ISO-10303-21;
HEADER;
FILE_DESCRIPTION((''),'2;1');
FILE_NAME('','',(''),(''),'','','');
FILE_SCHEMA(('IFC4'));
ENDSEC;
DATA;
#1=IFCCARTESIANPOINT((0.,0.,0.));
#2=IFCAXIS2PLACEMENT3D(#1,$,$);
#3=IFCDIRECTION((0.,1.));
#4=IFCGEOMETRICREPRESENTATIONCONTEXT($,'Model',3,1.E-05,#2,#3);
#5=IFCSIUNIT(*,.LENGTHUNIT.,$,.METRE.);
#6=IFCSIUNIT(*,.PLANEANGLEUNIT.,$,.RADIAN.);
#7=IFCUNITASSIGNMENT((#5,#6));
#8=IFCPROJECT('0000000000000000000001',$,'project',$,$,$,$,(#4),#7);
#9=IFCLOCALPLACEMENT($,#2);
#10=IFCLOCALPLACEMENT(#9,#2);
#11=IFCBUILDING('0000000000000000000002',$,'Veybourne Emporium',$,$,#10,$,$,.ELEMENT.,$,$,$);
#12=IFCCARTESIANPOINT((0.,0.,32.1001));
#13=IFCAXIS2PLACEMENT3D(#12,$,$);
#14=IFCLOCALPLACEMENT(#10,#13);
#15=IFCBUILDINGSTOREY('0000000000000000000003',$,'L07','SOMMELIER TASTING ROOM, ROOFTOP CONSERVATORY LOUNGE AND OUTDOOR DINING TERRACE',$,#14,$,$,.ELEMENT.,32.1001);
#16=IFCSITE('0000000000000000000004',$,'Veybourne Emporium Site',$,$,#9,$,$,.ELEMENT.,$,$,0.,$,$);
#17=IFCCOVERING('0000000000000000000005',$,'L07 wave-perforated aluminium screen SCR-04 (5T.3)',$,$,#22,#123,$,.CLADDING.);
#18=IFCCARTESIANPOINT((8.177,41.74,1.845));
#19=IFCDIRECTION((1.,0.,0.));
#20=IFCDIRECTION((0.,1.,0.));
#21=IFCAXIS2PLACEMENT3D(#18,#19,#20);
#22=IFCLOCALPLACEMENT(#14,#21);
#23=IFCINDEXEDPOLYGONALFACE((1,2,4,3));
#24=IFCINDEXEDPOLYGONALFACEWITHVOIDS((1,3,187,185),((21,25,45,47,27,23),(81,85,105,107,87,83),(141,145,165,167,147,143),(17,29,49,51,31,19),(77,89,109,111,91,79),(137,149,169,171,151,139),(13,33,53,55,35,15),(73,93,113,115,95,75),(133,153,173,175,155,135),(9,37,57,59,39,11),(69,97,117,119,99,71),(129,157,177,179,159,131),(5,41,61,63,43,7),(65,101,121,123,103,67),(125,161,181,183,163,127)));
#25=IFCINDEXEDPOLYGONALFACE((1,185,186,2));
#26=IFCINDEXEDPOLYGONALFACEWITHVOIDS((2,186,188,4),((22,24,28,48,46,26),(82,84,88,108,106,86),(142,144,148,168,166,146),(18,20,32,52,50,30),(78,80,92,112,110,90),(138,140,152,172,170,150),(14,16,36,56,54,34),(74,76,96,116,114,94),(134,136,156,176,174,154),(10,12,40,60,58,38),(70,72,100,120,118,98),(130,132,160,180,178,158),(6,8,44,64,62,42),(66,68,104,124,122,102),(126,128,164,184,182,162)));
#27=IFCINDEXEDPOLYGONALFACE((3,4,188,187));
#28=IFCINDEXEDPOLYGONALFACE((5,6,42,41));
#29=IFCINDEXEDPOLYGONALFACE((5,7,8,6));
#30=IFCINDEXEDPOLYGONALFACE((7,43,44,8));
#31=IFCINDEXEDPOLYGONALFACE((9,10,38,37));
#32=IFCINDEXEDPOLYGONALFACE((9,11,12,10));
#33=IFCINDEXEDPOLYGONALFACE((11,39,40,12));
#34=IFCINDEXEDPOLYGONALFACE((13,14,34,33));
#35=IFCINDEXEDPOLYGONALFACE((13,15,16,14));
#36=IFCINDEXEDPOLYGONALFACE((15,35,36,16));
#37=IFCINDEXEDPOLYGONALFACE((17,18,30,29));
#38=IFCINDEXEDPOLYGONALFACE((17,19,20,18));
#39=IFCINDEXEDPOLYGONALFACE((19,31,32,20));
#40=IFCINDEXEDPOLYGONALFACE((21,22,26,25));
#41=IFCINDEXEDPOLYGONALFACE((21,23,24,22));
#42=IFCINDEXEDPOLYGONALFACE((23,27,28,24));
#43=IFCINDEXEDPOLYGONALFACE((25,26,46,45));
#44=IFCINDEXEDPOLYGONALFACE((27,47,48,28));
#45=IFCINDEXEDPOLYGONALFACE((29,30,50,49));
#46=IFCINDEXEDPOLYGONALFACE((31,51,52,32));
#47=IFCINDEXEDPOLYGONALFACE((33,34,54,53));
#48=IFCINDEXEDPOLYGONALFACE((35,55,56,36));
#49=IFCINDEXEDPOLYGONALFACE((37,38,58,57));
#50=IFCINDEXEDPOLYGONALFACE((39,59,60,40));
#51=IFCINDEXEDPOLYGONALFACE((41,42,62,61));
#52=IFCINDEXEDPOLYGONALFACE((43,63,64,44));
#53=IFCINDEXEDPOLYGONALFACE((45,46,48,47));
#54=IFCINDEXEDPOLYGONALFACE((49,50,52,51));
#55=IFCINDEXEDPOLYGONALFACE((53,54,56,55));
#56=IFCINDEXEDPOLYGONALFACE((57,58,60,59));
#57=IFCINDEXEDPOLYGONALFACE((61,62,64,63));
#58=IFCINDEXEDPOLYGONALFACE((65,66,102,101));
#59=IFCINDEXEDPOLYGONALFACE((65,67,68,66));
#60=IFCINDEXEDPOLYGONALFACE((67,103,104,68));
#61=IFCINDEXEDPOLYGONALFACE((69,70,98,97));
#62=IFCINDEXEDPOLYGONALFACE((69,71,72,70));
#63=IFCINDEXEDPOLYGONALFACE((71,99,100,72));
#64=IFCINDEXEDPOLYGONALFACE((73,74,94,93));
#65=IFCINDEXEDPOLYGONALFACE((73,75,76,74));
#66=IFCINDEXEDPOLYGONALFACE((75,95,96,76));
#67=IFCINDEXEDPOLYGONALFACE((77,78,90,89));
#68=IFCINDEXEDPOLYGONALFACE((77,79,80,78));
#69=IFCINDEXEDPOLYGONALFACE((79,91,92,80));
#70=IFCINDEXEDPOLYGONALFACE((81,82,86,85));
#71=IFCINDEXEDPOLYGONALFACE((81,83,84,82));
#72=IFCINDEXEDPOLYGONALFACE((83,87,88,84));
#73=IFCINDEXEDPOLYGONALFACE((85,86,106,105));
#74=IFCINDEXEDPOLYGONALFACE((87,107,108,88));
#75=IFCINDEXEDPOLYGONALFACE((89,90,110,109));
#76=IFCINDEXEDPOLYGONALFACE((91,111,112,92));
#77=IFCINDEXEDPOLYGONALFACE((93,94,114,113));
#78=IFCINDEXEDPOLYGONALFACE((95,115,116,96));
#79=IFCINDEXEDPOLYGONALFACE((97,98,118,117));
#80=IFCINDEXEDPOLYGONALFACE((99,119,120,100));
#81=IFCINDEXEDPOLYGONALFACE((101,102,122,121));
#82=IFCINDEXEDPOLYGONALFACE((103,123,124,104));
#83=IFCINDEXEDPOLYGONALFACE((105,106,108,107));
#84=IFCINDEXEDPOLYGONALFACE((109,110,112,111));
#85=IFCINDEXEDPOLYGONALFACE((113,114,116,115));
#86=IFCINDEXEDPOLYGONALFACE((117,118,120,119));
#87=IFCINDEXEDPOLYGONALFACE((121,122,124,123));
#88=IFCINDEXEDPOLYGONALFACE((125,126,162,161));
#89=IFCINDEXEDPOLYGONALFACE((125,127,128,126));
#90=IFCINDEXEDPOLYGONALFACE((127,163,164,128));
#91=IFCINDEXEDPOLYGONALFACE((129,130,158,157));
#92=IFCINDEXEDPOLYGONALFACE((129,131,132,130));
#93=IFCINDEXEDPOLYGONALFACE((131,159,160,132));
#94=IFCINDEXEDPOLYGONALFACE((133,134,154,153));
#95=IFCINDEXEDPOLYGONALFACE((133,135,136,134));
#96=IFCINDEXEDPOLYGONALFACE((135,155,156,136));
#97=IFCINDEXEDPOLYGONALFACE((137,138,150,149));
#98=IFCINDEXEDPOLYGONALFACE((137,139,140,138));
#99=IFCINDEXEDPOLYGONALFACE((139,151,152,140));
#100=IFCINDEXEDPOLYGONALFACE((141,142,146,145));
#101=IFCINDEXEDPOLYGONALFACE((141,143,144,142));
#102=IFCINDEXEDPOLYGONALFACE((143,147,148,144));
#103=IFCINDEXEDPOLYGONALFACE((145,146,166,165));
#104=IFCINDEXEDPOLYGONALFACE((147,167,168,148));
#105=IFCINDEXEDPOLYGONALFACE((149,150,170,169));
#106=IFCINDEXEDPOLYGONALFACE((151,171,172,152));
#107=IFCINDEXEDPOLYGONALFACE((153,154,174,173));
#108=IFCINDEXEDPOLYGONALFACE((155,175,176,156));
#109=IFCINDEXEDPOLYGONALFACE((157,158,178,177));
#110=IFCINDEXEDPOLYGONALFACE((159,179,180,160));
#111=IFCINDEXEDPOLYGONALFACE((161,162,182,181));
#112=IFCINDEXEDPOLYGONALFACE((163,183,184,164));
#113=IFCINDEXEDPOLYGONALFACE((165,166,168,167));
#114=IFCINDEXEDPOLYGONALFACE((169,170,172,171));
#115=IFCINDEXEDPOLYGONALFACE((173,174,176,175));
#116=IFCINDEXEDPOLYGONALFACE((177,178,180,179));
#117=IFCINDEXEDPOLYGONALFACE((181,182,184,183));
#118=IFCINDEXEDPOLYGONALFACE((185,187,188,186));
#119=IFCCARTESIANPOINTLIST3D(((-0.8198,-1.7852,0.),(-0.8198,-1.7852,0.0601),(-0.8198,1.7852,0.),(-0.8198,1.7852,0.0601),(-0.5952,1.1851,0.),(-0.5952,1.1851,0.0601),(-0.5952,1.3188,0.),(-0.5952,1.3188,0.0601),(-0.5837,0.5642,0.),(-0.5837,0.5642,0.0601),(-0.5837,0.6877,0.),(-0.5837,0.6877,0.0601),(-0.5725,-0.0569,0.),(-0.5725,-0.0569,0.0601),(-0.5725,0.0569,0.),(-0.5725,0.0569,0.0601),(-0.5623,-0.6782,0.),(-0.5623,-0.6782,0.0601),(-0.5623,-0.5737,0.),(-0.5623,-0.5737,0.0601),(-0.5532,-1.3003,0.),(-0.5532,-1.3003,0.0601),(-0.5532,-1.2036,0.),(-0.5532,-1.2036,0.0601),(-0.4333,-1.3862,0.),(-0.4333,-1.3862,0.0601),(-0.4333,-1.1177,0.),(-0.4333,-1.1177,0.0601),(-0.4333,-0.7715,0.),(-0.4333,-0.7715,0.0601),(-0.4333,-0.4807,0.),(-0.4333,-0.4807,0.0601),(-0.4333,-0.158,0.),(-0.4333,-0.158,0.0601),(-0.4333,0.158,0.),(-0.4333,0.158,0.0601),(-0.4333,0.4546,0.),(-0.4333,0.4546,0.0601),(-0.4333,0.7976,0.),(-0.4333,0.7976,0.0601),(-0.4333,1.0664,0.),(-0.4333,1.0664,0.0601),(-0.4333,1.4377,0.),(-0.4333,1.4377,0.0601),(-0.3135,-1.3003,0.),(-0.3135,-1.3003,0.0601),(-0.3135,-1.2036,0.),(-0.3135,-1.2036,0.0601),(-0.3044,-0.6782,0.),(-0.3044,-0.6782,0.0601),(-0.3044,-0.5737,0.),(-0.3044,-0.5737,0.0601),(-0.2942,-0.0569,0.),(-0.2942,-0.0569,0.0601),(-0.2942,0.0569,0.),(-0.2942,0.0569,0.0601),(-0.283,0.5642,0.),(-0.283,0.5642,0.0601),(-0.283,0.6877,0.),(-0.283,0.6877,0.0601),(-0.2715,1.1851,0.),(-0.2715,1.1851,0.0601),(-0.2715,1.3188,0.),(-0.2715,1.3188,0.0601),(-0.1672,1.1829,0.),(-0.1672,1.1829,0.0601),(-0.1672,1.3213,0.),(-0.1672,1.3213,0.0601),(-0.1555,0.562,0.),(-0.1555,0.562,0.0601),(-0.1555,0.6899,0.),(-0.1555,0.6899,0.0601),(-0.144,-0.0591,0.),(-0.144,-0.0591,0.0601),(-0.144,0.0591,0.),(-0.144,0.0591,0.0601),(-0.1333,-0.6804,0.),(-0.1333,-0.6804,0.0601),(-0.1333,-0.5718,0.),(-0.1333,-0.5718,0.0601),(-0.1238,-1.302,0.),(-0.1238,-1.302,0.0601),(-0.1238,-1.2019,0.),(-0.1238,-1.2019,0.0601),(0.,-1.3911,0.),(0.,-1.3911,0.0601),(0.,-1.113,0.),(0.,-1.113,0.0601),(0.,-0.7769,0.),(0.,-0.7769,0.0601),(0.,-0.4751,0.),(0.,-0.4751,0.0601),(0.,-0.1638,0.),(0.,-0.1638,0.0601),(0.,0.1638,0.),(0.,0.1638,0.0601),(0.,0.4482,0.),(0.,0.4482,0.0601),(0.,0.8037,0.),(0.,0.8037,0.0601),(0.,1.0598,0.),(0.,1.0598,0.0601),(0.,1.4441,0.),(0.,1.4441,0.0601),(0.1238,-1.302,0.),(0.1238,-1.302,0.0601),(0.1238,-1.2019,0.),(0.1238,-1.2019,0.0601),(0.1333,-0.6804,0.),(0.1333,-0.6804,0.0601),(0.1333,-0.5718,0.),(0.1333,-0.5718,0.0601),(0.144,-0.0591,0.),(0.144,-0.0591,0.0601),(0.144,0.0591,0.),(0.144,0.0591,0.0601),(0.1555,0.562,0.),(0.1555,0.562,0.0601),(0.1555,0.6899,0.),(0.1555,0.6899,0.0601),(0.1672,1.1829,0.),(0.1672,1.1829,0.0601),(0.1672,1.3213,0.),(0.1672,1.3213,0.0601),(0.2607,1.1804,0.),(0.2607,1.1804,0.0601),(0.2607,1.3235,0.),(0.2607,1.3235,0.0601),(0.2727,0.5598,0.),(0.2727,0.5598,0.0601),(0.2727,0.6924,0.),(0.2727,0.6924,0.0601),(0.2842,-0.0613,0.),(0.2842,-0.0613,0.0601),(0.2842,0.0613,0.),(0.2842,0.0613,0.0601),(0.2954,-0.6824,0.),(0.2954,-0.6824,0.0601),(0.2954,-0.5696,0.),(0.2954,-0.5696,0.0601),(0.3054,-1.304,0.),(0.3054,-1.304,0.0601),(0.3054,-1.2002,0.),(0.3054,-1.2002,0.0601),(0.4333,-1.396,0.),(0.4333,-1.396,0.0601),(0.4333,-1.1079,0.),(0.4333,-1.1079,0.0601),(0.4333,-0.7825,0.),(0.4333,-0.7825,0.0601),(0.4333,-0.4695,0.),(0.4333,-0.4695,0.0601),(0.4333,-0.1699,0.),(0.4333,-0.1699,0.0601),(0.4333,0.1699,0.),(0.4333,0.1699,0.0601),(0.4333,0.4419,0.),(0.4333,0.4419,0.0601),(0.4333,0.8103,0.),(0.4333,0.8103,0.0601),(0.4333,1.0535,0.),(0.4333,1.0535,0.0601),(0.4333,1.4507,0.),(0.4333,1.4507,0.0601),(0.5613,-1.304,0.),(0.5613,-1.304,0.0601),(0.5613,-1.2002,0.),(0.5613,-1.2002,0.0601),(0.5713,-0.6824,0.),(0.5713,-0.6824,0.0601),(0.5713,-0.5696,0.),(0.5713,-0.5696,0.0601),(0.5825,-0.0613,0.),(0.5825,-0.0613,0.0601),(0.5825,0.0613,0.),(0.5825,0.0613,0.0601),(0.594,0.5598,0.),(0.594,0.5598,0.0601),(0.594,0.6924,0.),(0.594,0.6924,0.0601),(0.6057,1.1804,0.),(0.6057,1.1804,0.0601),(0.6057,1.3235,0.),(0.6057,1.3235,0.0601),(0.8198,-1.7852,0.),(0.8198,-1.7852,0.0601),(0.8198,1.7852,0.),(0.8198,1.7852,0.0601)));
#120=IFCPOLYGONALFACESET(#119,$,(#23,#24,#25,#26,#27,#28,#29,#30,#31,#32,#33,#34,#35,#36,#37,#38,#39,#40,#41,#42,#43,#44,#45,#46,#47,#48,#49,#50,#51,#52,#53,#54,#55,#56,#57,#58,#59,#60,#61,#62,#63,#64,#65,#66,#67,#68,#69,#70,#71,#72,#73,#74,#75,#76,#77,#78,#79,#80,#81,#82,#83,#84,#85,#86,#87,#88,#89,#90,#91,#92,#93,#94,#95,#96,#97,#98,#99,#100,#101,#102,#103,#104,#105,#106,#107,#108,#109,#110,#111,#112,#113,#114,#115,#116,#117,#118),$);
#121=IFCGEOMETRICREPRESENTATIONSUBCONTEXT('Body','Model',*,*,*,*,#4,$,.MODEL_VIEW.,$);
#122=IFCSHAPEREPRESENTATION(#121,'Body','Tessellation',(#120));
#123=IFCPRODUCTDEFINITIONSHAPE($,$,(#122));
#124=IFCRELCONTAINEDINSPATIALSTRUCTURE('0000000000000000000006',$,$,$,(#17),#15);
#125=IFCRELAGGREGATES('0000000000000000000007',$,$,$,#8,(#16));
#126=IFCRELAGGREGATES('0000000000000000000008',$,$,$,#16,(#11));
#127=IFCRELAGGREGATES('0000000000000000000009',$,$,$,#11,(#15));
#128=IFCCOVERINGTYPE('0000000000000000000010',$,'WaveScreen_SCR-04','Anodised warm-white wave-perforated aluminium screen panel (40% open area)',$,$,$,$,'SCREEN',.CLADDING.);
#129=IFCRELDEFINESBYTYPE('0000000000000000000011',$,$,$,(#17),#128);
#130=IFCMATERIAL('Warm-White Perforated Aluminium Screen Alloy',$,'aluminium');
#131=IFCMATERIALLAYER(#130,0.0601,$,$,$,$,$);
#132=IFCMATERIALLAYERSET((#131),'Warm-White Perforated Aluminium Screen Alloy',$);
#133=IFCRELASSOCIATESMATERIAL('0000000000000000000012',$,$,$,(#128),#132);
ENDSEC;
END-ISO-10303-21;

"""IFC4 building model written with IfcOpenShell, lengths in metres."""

from ifc_helpers import new_model, si_unit, direction, frame, origin, place, context, subcontext, project, spatial, polyline, outline, extrude, material, layer, layer_set, type_object, element, save


model = new_model("IFC4")

# Units and contexts
model_context = context("Model", 3, precision=1e-05, world=origin(), true_north=direction((0.0, 1.0)))
body_context = subcontext(model_context, "Body", "Model", "MODEL_VIEW")
ifc_project = project(units=[si_unit("LENGTHUNIT", "METRE"), si_unit("PLANEANGLEUNIT", "RADIAN")], contexts=[model_context])

# Site, building, storey
site_placement = place(None, origin())
site = spatial("IfcSite", under=ifc_project, at=site_placement, Name="Veybourne Emporium Site", CompositionType="ELEMENT", RefElevation=0.0)
building_placement = place(site_placement, origin())
building = spatial("IfcBuilding", under=site, at=building_placement, Name="Veybourne Emporium", CompositionType="ELEMENT")
storey_placement = place(building_placement, frame((0.0, 0.0, 32.1001)))
storey = spatial("IfcBuildingStorey", under=building, at=storey_placement, Name="L07", Description="SOMMELIER TASTING ROOM, ROOFTOP CONSERVATORY LOUNGE AND OUTDOOR DINING TERRACE", CompositionType="ELEMENT", Elevation=32.1001)

# Covering
ifc_material_1 = material(Name="Warm-White Perforated Aluminium Screen Alloy", Category="aluminium")
ifc_layer_1 = layer(ifc_material_1, 0.0601)
ifc_layer_set_1 = layer_set([ifc_layer_1], Name="Warm-White Perforated Aluminium Screen Alloy")
covering_type_1 = type_object("IfcCoveringType", Name="WaveScreen_SCR-04", Description="Anodised warm-white wave-perforated aluminium screen panel (40% open area)", ElementType="SCREEN", PredefinedType="CLADDING", material=ifc_layer_set_1)
covering_1_placement = place(storey_placement, frame((8.177, 41.74, 1.845), z_axis=(1.0, 0.0, 0.0), x_axis=(0.0, 1.0, 0.0)))
element("IfcCovering", 1, at=covering_1_placement, inside=storey, type_object=covering_type_1, Name="L07 wave-perforated aluminium screen SCR-04 (5T.3)", PredefinedType="CLADDING", context=body_context, shape_type="SweptSolid", body=[
    extrude(outline(polyline([(-0.8198, -1.7852), (0.8198, -1.7852), (0.8198, 1.7852), (-0.8198, 1.7852), (-0.8198, -1.7852)]), holes=[polyline([(-0.4333, -1.1177), (-0.3135, -1.2036), (-0.3135, -1.3003), (-0.4333, -1.3862), (-0.5532, -1.3003), (-0.5532, -1.2036), (-0.4333, -1.1177)]), polyline([(-0.4333, -0.4807), (-0.3044, -0.5737), (-0.3044, -0.6782), (-0.4333, -0.7715), (-0.5623, -0.6782), (-0.5623, -0.5737), (-0.4333, -0.4807)]), polyline([(-0.4333, 0.158), (-0.2942, 0.0569), (-0.2942, -0.0569), (-0.4333, -0.158), (-0.5725, -0.0569), (-0.5725, 0.0569), (-0.4333, 0.158)]), polyline([(-0.4333, 0.7976), (-0.283, 0.6877), (-0.283, 0.5642), (-0.4333, 0.4546), (-0.5837, 0.5642), (-0.5837, 0.6877), (-0.4333, 0.7976)]), polyline([(-0.4333, 1.4377), (-0.2715, 1.3188), (-0.2715, 1.1851), (-0.4333, 1.0664), (-0.5952, 1.1851), (-0.5952, 1.3188), (-0.4333, 1.4377)]), polyline([(0.0, -1.113), (0.1238, -1.2019), (0.1238, -1.302), (0.0, -1.3911), (-0.1238, -1.302), (-0.1238, -1.2019), (0.0, -1.113)]), polyline([(0.0, -0.4751), (0.1333, -0.5718), (0.1333, -0.6804), (0.0, -0.7769), (-0.1333, -0.6804), (-0.1333, -0.5718), (0.0, -0.4751)]), polyline([(0.0, 0.1638), (0.144, 0.0591), (0.144, -0.0591), (0.0, -0.1638), (-0.144, -0.0591), (-0.144, 0.0591), (0.0, 0.1638)]), polyline([(0.0, 0.8037), (0.1555, 0.6899), (0.1555, 0.562), (0.0, 0.4482), (-0.1555, 0.562), (-0.1555, 0.6899), (0.0, 0.8037)]), polyline([(0.0, 1.4441), (0.1672, 1.3213), (0.1672, 1.1829), (0.0, 1.0598), (-0.1672, 1.1829), (-0.1672, 1.3213), (0.0, 1.4441)]), polyline([(0.4333, -1.1079), (0.5613, -1.2002), (0.5613, -1.304), (0.4333, -1.396), (0.3054, -1.304), (0.3054, -1.2002), (0.4333, -1.1079)]), polyline([(0.4333, -0.4695), (0.5713, -0.5696), (0.5713, -0.6824), (0.4333, -0.7825), (0.2954, -0.6824), (0.2954, -0.5696), (0.4333, -0.4695)]), polyline([(0.4333, 0.1699), (0.5825, 0.0613), (0.5825, -0.0613), (0.4333, -0.1699), (0.2842, -0.0613), (0.2842, 0.0613), (0.4333, 0.1699)]), polyline([(0.4333, 0.8103), (0.594, 0.6924), (0.594, 0.5598), (0.4333, 0.4419), (0.2727, 0.5598), (0.2727, 0.6924), (0.4333, 0.8103)]), polyline([(0.4333, 1.4507), (0.6057, 1.3235), (0.6057, 1.1804), (0.4333, 1.0535), (0.2607, 1.1804), (0.2607, 1.3235), (0.4333, 1.4507)])]), origin(), (0.0, 0.0, 1.0), 0.0601),
])

save(model, "model.ifc")
